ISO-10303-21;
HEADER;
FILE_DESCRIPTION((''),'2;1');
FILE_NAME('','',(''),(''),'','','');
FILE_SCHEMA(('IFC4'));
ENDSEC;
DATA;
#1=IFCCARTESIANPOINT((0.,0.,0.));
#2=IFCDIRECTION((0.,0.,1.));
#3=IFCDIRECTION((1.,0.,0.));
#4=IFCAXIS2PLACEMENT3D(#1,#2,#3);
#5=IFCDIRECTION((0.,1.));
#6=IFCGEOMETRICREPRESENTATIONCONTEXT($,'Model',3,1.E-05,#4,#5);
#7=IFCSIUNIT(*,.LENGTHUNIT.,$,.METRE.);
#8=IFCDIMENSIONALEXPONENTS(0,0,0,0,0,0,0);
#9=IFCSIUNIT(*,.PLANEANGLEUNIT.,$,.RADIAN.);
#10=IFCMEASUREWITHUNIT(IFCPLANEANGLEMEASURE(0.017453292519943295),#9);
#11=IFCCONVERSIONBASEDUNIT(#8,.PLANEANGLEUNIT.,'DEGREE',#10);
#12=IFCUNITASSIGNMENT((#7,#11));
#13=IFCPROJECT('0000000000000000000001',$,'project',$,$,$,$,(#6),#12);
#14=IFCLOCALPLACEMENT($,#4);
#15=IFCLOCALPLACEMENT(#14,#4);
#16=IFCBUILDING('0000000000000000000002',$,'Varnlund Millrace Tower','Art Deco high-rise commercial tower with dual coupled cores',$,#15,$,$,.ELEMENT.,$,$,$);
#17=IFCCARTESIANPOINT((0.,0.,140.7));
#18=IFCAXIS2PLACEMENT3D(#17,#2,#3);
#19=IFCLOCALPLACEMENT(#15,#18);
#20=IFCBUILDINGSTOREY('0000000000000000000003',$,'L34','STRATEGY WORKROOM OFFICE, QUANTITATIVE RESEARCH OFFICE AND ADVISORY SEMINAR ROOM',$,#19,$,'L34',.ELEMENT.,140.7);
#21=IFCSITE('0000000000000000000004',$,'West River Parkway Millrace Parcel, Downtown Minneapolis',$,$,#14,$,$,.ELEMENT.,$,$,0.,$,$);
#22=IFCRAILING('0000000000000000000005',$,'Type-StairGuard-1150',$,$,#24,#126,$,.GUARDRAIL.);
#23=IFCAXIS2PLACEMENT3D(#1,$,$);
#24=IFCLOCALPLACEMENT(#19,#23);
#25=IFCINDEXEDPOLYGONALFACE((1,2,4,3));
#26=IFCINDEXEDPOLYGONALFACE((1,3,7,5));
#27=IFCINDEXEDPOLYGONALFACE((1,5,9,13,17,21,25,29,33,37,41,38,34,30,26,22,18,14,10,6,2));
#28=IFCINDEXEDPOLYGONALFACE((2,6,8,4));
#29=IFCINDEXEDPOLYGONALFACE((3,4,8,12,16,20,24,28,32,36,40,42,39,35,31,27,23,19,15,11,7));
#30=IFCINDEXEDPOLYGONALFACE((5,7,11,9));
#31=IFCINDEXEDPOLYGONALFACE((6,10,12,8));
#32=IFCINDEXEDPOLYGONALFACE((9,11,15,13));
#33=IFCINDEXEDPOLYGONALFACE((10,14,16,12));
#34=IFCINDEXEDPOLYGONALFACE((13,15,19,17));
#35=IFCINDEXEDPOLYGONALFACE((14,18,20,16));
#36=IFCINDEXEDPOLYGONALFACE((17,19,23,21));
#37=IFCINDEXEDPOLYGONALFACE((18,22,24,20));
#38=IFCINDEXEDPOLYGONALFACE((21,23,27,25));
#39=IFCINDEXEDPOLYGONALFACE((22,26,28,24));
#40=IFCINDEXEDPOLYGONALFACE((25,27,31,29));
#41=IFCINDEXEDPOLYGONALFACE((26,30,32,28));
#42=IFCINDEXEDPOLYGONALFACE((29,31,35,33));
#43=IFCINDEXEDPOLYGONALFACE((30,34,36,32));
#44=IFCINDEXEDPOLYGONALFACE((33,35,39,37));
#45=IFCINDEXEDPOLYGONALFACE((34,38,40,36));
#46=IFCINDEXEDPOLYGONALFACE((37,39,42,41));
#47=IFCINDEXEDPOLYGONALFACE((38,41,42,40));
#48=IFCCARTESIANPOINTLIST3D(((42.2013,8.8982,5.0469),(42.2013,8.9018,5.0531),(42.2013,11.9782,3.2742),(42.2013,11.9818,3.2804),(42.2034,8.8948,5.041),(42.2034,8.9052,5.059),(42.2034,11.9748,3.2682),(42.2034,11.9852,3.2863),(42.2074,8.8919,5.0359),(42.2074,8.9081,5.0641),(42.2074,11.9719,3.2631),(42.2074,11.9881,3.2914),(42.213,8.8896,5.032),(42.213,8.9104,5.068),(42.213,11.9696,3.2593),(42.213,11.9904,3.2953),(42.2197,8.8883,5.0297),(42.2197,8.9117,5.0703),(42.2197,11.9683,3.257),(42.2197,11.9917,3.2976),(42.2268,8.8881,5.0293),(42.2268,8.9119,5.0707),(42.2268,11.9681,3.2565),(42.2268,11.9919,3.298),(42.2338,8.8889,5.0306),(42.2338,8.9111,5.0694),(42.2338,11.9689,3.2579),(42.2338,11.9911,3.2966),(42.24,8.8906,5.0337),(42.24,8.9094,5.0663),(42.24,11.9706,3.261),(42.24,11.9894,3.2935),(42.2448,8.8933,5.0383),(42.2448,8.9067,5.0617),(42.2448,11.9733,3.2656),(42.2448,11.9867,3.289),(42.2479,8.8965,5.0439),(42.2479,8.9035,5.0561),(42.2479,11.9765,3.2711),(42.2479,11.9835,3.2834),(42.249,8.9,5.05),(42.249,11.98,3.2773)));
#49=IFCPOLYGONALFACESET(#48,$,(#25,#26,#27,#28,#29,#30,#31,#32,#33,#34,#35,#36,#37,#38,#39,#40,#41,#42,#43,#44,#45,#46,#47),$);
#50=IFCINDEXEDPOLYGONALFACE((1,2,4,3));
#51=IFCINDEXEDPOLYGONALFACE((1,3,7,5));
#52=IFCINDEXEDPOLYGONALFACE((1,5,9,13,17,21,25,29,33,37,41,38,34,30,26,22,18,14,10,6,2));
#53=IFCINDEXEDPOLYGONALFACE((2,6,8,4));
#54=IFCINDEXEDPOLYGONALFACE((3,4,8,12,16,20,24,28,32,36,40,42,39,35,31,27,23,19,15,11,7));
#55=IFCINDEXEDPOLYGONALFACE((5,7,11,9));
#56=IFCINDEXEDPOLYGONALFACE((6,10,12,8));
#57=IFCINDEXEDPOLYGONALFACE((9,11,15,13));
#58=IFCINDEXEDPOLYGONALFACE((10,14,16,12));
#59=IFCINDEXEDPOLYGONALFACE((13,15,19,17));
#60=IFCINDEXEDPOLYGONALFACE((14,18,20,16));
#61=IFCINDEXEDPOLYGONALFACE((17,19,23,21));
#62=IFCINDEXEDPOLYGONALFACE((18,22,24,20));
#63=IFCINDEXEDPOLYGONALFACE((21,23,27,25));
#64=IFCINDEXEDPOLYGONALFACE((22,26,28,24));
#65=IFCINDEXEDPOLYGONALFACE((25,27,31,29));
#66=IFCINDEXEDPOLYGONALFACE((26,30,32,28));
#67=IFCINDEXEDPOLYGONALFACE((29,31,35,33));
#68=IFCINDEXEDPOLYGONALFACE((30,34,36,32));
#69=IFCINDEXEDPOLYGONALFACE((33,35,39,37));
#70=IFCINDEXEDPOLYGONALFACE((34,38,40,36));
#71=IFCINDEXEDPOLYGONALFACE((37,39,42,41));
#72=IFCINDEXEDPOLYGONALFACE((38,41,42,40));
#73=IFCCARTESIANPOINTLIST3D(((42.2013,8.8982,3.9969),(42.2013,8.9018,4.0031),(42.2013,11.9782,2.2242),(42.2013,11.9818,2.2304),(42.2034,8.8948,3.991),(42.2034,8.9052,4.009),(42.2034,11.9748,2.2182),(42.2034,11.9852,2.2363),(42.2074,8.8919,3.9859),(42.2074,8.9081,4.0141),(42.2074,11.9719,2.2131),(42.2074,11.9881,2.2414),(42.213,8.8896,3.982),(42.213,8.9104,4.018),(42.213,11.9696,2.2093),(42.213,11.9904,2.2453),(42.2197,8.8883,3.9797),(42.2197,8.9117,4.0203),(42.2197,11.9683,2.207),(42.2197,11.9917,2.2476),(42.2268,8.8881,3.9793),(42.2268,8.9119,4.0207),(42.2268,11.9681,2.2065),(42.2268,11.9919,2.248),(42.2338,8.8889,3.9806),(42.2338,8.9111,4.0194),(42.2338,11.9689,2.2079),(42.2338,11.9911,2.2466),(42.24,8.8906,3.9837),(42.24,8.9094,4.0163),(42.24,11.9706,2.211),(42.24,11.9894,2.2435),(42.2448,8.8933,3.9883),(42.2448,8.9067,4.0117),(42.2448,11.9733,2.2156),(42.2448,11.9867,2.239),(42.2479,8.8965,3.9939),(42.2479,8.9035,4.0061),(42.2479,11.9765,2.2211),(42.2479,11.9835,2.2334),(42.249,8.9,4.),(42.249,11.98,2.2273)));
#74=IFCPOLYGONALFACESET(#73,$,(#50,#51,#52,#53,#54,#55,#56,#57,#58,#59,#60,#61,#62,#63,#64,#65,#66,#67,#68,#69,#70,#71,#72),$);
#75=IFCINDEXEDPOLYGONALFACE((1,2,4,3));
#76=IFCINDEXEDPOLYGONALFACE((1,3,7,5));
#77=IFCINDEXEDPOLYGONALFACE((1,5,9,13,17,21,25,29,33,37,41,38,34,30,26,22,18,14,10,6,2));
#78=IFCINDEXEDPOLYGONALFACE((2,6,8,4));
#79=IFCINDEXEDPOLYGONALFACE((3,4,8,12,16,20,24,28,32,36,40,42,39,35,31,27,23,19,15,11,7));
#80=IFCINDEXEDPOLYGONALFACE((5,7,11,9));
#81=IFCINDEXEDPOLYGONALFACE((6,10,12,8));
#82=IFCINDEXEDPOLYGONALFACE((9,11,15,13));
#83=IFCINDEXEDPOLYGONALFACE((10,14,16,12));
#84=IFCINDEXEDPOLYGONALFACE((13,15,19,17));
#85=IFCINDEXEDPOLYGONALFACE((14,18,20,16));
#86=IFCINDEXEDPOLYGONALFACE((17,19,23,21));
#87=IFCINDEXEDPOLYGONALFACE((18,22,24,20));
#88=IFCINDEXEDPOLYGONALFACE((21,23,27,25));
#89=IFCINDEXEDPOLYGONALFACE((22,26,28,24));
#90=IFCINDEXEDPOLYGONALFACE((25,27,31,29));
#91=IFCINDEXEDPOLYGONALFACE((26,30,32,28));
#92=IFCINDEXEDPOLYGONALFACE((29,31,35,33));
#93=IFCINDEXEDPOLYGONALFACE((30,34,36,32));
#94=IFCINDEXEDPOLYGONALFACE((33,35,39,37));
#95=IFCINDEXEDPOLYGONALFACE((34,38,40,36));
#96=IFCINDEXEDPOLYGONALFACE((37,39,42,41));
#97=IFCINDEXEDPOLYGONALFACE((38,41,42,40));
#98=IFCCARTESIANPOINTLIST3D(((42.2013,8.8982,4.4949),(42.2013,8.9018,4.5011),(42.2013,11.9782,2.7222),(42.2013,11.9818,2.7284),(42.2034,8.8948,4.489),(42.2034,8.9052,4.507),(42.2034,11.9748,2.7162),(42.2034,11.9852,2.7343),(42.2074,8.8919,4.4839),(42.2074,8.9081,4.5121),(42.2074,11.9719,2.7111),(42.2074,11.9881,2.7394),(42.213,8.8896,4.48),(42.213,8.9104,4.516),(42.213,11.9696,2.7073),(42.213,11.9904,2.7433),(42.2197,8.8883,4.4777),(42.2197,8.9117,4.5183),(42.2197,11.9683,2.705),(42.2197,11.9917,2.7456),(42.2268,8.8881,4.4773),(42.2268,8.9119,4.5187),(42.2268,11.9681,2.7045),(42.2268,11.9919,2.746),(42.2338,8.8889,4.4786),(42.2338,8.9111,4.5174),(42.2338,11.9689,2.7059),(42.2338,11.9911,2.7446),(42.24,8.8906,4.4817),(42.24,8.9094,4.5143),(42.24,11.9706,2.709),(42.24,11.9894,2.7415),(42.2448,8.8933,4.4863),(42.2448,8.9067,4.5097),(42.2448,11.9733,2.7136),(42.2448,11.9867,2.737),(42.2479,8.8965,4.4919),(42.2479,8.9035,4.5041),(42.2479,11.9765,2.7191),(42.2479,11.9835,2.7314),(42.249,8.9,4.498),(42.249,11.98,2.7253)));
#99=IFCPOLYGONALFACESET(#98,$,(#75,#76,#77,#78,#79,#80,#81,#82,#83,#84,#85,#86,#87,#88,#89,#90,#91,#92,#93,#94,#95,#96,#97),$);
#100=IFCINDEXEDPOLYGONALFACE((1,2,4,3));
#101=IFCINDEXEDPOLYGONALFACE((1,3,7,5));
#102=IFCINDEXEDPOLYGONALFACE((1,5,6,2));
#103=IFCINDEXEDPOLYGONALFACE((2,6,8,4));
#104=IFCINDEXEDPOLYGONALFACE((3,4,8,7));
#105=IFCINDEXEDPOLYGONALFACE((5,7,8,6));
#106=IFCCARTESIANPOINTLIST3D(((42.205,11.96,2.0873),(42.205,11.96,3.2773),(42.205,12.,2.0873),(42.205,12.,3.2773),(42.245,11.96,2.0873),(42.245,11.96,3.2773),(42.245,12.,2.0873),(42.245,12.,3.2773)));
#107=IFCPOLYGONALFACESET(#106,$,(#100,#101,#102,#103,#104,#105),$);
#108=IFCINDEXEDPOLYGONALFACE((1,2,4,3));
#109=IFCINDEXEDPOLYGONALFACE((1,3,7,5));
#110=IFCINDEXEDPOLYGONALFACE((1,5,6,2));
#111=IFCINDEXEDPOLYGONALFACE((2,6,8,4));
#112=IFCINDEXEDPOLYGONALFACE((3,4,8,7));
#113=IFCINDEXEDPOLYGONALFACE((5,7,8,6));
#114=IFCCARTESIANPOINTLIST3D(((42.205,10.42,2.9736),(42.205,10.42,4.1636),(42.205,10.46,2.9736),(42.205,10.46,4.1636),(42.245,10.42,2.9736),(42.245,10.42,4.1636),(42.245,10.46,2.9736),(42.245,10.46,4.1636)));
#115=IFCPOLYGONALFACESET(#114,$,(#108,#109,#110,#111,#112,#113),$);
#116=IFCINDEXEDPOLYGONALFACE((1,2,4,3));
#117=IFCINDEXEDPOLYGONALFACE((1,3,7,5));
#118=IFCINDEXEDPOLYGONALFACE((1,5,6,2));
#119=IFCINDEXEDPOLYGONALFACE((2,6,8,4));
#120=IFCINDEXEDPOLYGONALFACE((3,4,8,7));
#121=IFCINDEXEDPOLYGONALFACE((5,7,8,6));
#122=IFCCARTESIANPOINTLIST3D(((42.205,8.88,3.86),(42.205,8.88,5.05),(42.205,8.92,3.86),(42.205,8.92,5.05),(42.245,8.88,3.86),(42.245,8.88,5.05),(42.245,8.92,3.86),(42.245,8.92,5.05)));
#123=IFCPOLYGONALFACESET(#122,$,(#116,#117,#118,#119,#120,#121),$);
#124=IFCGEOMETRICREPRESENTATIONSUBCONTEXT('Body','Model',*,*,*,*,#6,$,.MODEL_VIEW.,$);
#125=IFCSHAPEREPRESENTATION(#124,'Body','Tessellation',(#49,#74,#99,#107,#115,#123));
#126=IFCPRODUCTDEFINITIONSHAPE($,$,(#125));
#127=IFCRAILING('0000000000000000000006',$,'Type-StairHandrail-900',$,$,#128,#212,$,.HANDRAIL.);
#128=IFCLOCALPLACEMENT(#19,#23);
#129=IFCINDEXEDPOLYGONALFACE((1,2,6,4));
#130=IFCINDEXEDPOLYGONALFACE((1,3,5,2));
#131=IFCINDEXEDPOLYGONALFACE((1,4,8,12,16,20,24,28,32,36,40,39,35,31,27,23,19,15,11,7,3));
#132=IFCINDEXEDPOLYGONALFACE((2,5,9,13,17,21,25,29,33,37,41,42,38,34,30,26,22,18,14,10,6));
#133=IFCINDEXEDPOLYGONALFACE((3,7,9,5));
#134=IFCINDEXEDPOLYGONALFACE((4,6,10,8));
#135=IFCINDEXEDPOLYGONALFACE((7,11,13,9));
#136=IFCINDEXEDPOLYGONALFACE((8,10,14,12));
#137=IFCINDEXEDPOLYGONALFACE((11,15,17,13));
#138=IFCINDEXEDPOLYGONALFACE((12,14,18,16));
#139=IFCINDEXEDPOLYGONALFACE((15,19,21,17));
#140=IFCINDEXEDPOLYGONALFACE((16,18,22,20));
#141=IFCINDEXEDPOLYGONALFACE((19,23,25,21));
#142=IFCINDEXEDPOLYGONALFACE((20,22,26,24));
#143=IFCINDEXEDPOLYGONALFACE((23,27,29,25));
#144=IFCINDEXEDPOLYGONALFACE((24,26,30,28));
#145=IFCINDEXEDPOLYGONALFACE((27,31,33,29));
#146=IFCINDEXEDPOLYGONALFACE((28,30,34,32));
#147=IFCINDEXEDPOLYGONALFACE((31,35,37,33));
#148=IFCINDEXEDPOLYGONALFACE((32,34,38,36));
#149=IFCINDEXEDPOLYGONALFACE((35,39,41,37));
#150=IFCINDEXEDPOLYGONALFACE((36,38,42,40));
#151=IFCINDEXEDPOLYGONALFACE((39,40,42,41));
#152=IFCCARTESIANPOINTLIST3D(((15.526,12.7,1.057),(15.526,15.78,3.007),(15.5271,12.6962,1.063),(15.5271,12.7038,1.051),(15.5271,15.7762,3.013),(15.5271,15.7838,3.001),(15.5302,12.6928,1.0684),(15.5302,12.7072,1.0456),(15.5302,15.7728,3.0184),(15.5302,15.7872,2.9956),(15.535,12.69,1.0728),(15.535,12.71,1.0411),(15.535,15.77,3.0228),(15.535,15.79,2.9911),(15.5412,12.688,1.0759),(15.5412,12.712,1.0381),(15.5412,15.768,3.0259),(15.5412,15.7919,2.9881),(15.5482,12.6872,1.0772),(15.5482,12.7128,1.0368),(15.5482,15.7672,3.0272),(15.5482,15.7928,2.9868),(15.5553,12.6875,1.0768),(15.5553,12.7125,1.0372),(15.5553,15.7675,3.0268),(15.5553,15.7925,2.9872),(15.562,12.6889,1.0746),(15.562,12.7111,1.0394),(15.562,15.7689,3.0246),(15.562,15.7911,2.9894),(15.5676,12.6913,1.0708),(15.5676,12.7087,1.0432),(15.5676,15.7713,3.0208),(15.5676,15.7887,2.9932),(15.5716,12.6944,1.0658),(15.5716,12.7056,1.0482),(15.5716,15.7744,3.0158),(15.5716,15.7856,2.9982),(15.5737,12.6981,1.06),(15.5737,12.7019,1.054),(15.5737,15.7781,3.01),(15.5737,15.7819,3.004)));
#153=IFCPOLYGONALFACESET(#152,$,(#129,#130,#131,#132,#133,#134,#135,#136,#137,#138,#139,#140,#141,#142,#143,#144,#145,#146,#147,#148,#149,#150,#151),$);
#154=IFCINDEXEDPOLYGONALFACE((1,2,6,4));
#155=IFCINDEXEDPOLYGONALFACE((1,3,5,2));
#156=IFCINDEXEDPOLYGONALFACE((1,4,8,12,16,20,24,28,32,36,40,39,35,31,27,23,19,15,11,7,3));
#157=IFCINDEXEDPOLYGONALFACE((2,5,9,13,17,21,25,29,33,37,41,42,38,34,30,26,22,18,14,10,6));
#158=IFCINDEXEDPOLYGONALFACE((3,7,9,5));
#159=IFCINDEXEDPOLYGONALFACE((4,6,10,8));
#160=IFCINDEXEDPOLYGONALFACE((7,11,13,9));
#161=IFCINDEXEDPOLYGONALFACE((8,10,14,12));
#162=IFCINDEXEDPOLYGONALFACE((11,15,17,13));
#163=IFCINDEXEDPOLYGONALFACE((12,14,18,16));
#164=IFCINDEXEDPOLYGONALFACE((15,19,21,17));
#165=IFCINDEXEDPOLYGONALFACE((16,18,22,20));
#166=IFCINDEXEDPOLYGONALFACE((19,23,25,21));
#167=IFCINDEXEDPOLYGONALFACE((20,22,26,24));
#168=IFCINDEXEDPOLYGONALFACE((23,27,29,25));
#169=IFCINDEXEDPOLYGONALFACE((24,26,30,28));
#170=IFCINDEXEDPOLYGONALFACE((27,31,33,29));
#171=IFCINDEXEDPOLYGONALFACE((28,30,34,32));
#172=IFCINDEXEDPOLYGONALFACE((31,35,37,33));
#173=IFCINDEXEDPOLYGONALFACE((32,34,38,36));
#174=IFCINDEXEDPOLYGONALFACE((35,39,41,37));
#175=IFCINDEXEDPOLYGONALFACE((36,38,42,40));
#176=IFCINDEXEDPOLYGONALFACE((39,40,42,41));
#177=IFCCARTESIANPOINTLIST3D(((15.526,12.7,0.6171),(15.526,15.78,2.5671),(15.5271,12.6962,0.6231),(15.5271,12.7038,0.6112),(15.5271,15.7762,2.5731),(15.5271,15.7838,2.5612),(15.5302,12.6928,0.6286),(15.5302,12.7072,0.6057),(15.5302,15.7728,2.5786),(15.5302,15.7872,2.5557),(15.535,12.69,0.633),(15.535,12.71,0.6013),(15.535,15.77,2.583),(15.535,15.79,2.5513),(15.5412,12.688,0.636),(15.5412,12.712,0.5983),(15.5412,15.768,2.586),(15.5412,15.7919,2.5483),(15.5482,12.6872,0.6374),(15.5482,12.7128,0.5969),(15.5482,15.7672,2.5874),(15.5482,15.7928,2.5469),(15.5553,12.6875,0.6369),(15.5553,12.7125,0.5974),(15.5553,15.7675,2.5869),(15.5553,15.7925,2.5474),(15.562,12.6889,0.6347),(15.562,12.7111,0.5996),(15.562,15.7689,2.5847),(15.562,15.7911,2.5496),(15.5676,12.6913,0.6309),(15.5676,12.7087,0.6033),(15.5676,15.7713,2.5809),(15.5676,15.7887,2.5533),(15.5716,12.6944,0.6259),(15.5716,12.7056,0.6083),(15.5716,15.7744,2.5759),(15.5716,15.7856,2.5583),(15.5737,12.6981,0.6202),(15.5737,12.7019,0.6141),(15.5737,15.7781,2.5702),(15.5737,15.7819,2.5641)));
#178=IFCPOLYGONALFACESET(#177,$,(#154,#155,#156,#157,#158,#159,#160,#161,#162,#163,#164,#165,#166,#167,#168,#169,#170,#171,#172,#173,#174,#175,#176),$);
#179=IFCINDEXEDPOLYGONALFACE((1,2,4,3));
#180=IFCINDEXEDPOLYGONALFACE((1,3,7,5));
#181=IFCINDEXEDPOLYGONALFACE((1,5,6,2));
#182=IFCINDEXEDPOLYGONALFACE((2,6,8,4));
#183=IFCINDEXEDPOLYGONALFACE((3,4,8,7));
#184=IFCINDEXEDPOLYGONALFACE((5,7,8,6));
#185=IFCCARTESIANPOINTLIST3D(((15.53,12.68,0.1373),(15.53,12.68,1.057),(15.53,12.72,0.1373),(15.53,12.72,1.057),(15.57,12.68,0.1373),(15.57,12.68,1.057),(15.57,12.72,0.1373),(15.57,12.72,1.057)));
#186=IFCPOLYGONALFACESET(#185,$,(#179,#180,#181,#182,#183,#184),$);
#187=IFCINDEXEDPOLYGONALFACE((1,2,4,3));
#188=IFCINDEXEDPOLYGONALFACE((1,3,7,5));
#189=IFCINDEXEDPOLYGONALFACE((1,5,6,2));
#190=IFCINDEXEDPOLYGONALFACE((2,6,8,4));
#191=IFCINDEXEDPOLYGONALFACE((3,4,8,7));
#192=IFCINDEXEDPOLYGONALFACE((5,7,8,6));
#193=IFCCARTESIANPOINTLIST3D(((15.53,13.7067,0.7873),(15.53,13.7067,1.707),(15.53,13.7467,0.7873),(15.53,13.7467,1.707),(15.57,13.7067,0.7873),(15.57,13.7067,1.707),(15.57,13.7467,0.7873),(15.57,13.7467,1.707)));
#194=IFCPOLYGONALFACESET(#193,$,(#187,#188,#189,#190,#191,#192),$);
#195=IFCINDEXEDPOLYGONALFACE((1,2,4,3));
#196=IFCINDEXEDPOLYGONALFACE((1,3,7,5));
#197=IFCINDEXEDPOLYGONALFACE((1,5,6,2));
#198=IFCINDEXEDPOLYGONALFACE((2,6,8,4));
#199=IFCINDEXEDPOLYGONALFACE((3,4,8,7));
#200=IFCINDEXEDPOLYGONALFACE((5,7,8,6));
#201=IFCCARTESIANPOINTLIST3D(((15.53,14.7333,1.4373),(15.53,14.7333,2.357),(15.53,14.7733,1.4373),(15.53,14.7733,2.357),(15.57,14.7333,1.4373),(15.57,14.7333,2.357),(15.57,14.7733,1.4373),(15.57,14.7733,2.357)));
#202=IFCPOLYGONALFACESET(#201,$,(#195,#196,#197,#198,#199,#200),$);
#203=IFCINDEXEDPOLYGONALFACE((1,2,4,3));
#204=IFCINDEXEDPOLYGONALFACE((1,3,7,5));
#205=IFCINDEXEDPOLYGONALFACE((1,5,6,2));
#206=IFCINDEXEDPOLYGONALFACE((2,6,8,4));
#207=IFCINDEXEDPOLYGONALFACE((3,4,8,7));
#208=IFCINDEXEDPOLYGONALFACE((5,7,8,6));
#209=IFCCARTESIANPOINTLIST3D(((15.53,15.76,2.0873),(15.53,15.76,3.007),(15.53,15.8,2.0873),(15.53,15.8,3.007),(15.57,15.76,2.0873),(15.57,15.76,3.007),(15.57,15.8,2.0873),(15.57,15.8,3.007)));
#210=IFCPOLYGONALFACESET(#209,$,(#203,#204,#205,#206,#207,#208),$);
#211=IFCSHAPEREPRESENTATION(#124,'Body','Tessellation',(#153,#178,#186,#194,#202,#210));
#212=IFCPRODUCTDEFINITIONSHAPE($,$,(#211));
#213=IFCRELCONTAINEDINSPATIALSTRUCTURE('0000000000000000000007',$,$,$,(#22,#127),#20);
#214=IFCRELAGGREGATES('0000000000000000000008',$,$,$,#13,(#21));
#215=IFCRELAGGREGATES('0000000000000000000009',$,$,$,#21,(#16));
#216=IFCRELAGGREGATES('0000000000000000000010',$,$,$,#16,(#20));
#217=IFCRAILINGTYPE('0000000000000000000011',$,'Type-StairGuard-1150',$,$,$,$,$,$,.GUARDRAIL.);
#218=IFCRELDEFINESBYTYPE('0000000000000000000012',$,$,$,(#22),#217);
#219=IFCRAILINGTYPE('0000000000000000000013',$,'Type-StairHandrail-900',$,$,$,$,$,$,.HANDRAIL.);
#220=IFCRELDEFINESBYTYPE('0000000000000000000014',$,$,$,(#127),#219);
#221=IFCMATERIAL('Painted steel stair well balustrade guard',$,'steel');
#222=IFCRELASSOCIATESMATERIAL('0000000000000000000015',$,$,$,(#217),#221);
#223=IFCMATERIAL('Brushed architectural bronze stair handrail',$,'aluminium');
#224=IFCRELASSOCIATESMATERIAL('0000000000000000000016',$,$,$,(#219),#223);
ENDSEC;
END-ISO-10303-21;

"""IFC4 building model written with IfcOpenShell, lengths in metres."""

from ifc_helpers import new_model, entity, si_unit, converted_unit, direction, frame, origin_with_axes, origin_2d_with_axis, place, context, subcontext, project, spatial, rectangle, circle, extrude, material, type_object, element, save


model = new_model("IFC4")

# Units and contexts
model_context = context("Model", 3, precision=1e-05, world=origin_with_axes(), true_north=direction((0.0, 1.0)))
body_context = subcontext(model_context, "Body", "Model", "MODEL_VIEW")
ifc_project = project(units=[si_unit("LENGTHUNIT", "METRE"), converted_unit("PLANEANGLEUNIT", "DEGREE", entity("IfcPlaneAngleMeasure", 0.017453292519943295), si_unit("PLANEANGLEUNIT", "RADIAN"), dimensions=[0, 0, 0, 0, 0, 0, 0])], contexts=[model_context])

# Site, building, storey
site_placement = place(None, origin_with_axes())
site = spatial("IfcSite", under=ifc_project, at=site_placement, Name="West River Parkway Millrace Parcel, Downtown Minneapolis", CompositionType="ELEMENT", RefElevation=0.0)
building_placement = place(site_placement, origin_with_axes())
building = spatial("IfcBuilding", under=site, at=building_placement, Name="Varnlund Millrace Tower", Description="Art Deco high-rise commercial tower with dual coupled cores", CompositionType="ELEMENT")
storey_placement = place(building_placement, frame((0.0, 0.0, 140.7), z_axis=(0.0, 0.0, 1.0), x_axis=(1.0, 0.0, 0.0)))
storey = spatial("IfcBuildingStorey", under=building, at=storey_placement, Name="L34", Description="STRATEGY WORKROOM OFFICE, QUANTITATIVE RESEARCH OFFICE AND ADVISORY SEMINAR ROOM", LongName="L34", CompositionType="ELEMENT", Elevation=140.7)

# Railings
ifc_material_1 = material(Name="Painted steel stair well balustrade guard", Category="steel")
railing_type_1 = type_object("IfcRailingType", Name="Type-StairGuard-1150", PredefinedType="GUARDRAIL", material=ifc_material_1)
railing_1_placement = place(storey_placement, frame((0.0, 0.0, -140.7), z_axis=(0.0, 0.0, 1.0), x_axis=(1.0, 0.0, 0.0)))
element("IfcRailing", 1, at=railing_1_placement, inside=storey, type_object=railing_type_1, Name="Type-StairGuard-1150", PredefinedType="GUARDRAIL", context=body_context, shape_type="SweptSolid", body=[
    extrude(circle(Radius=0.024, at=origin_2d_with_axis()), frame((42.225, 11.98, 143.9773), z_axis=(0.0, -0.866696, 0.498836), x_axis=(1.0, 0.0, 0.0)), (0.0, 0.0, 1.0), 3.5537),
    extrude(circle(Radius=0.024, at=origin_2d_with_axis()), frame((42.225, 11.98, 142.9273), z_axis=(0.0, -0.866696, 0.498836), x_axis=(1.0, 0.0, 0.0)), (0.0, 0.0, 1.0), 3.5537),
    extrude(circle(Radius=0.024, at=origin_2d_with_axis()), frame((42.225, 11.98, 143.4253), z_axis=(0.0, -0.866696, 0.498836), x_axis=(1.0, 0.0, 0.0)), (0.0, 0.0, 1.0), 3.5537),
    extrude(rectangle(XDim=0.04, YDim=0.04, at=origin_2d_with_axis()), frame((42.225, 11.98, 142.7873), z_axis=(0.0, 0.0, 1.0), x_axis=(1.0, 0.0, 0.0)), (0.0, 0.0, 1.0), 1.19),
    extrude(rectangle(XDim=0.04, YDim=0.04, at=origin_2d_with_axis()), frame((42.225, 10.44, 143.6736), z_axis=(0.0, 0.0, 1.0), x_axis=(1.0, 0.0, 0.0)), (0.0, 0.0, 1.0), 1.19),
    extrude(rectangle(XDim=0.04, YDim=0.04, at=origin_2d_with_axis()), frame((42.225, 8.9, 144.56), z_axis=(0.0, 0.0, 1.0), x_axis=(1.0, 0.0, 0.0)), (0.0, 0.0, 1.0), 1.19),
])
ifc_material_2 = material(Name="Brushed architectural bronze stair handrail", Category="aluminium")
railing_type_2 = type_object("IfcRailingType", Name="Type-StairHandrail-900", PredefinedType="HANDRAIL", material=ifc_material_2)
railing_2_placement = place(storey_placement, frame((0.0, 0.0, -140.7), z_axis=(0.0, 0.0, 1.0), x_axis=(1.0, 0.0, 0.0)))
element("IfcRailing", 2, at=railing_2_placement, inside=storey, type_object=railing_type_2, Name="Type-StairHandrail-900", PredefinedType="HANDRAIL", context=body_context, shape_type="SweptSolid", body=[
    extrude(circle(Radius=0.024, at=origin_2d_with_axis()), frame((15.55, 12.7, 141.757), z_axis=(0.0, 0.844902, 0.534922), x_axis=(-1.0, 0.0, 0.0)), (0.0, 0.0, 1.0), 3.6454),
    extrude(circle(Radius=0.024, at=origin_2d_with_axis()), frame((15.55, 12.7, 141.3171), z_axis=(0.0, 0.844902, 0.534922), x_axis=(-1.0, 0.0, 0.0)), (0.0, 0.0, 1.0), 3.6454),
    extrude(rectangle(XDim=0.04, YDim=0.04, at=origin_2d_with_axis()), frame((15.55, 12.7, 140.8373), z_axis=(0.0, 0.0, 1.0), x_axis=(1.0, 0.0, 0.0)), (0.0, 0.0, 1.0), 0.9197),
    extrude(rectangle(XDim=0.04, YDim=0.04, at=origin_2d_with_axis()), frame((15.55, 13.7267, 141.4873), z_axis=(0.0, 0.0, 1.0), x_axis=(1.0, 0.0, 0.0)), (0.0, 0.0, 1.0), 0.9197),
    extrude(rectangle(XDim=0.04, YDim=0.04, at=origin_2d_with_axis()), frame((15.55, 14.7533, 142.1373), z_axis=(0.0, 0.0, 1.0), x_axis=(1.0, 0.0, 0.0)), (0.0, 0.0, 1.0), 0.9197),
    extrude(rectangle(XDim=0.04, YDim=0.04, at=origin_2d_with_axis()), frame((15.55, 15.78, 142.7873), z_axis=(0.0, 0.0, 1.0), x_axis=(1.0, 0.0, 0.0)), (0.0, 0.0, 1.0), 0.9197),
])

save(model, "model.ifc")
